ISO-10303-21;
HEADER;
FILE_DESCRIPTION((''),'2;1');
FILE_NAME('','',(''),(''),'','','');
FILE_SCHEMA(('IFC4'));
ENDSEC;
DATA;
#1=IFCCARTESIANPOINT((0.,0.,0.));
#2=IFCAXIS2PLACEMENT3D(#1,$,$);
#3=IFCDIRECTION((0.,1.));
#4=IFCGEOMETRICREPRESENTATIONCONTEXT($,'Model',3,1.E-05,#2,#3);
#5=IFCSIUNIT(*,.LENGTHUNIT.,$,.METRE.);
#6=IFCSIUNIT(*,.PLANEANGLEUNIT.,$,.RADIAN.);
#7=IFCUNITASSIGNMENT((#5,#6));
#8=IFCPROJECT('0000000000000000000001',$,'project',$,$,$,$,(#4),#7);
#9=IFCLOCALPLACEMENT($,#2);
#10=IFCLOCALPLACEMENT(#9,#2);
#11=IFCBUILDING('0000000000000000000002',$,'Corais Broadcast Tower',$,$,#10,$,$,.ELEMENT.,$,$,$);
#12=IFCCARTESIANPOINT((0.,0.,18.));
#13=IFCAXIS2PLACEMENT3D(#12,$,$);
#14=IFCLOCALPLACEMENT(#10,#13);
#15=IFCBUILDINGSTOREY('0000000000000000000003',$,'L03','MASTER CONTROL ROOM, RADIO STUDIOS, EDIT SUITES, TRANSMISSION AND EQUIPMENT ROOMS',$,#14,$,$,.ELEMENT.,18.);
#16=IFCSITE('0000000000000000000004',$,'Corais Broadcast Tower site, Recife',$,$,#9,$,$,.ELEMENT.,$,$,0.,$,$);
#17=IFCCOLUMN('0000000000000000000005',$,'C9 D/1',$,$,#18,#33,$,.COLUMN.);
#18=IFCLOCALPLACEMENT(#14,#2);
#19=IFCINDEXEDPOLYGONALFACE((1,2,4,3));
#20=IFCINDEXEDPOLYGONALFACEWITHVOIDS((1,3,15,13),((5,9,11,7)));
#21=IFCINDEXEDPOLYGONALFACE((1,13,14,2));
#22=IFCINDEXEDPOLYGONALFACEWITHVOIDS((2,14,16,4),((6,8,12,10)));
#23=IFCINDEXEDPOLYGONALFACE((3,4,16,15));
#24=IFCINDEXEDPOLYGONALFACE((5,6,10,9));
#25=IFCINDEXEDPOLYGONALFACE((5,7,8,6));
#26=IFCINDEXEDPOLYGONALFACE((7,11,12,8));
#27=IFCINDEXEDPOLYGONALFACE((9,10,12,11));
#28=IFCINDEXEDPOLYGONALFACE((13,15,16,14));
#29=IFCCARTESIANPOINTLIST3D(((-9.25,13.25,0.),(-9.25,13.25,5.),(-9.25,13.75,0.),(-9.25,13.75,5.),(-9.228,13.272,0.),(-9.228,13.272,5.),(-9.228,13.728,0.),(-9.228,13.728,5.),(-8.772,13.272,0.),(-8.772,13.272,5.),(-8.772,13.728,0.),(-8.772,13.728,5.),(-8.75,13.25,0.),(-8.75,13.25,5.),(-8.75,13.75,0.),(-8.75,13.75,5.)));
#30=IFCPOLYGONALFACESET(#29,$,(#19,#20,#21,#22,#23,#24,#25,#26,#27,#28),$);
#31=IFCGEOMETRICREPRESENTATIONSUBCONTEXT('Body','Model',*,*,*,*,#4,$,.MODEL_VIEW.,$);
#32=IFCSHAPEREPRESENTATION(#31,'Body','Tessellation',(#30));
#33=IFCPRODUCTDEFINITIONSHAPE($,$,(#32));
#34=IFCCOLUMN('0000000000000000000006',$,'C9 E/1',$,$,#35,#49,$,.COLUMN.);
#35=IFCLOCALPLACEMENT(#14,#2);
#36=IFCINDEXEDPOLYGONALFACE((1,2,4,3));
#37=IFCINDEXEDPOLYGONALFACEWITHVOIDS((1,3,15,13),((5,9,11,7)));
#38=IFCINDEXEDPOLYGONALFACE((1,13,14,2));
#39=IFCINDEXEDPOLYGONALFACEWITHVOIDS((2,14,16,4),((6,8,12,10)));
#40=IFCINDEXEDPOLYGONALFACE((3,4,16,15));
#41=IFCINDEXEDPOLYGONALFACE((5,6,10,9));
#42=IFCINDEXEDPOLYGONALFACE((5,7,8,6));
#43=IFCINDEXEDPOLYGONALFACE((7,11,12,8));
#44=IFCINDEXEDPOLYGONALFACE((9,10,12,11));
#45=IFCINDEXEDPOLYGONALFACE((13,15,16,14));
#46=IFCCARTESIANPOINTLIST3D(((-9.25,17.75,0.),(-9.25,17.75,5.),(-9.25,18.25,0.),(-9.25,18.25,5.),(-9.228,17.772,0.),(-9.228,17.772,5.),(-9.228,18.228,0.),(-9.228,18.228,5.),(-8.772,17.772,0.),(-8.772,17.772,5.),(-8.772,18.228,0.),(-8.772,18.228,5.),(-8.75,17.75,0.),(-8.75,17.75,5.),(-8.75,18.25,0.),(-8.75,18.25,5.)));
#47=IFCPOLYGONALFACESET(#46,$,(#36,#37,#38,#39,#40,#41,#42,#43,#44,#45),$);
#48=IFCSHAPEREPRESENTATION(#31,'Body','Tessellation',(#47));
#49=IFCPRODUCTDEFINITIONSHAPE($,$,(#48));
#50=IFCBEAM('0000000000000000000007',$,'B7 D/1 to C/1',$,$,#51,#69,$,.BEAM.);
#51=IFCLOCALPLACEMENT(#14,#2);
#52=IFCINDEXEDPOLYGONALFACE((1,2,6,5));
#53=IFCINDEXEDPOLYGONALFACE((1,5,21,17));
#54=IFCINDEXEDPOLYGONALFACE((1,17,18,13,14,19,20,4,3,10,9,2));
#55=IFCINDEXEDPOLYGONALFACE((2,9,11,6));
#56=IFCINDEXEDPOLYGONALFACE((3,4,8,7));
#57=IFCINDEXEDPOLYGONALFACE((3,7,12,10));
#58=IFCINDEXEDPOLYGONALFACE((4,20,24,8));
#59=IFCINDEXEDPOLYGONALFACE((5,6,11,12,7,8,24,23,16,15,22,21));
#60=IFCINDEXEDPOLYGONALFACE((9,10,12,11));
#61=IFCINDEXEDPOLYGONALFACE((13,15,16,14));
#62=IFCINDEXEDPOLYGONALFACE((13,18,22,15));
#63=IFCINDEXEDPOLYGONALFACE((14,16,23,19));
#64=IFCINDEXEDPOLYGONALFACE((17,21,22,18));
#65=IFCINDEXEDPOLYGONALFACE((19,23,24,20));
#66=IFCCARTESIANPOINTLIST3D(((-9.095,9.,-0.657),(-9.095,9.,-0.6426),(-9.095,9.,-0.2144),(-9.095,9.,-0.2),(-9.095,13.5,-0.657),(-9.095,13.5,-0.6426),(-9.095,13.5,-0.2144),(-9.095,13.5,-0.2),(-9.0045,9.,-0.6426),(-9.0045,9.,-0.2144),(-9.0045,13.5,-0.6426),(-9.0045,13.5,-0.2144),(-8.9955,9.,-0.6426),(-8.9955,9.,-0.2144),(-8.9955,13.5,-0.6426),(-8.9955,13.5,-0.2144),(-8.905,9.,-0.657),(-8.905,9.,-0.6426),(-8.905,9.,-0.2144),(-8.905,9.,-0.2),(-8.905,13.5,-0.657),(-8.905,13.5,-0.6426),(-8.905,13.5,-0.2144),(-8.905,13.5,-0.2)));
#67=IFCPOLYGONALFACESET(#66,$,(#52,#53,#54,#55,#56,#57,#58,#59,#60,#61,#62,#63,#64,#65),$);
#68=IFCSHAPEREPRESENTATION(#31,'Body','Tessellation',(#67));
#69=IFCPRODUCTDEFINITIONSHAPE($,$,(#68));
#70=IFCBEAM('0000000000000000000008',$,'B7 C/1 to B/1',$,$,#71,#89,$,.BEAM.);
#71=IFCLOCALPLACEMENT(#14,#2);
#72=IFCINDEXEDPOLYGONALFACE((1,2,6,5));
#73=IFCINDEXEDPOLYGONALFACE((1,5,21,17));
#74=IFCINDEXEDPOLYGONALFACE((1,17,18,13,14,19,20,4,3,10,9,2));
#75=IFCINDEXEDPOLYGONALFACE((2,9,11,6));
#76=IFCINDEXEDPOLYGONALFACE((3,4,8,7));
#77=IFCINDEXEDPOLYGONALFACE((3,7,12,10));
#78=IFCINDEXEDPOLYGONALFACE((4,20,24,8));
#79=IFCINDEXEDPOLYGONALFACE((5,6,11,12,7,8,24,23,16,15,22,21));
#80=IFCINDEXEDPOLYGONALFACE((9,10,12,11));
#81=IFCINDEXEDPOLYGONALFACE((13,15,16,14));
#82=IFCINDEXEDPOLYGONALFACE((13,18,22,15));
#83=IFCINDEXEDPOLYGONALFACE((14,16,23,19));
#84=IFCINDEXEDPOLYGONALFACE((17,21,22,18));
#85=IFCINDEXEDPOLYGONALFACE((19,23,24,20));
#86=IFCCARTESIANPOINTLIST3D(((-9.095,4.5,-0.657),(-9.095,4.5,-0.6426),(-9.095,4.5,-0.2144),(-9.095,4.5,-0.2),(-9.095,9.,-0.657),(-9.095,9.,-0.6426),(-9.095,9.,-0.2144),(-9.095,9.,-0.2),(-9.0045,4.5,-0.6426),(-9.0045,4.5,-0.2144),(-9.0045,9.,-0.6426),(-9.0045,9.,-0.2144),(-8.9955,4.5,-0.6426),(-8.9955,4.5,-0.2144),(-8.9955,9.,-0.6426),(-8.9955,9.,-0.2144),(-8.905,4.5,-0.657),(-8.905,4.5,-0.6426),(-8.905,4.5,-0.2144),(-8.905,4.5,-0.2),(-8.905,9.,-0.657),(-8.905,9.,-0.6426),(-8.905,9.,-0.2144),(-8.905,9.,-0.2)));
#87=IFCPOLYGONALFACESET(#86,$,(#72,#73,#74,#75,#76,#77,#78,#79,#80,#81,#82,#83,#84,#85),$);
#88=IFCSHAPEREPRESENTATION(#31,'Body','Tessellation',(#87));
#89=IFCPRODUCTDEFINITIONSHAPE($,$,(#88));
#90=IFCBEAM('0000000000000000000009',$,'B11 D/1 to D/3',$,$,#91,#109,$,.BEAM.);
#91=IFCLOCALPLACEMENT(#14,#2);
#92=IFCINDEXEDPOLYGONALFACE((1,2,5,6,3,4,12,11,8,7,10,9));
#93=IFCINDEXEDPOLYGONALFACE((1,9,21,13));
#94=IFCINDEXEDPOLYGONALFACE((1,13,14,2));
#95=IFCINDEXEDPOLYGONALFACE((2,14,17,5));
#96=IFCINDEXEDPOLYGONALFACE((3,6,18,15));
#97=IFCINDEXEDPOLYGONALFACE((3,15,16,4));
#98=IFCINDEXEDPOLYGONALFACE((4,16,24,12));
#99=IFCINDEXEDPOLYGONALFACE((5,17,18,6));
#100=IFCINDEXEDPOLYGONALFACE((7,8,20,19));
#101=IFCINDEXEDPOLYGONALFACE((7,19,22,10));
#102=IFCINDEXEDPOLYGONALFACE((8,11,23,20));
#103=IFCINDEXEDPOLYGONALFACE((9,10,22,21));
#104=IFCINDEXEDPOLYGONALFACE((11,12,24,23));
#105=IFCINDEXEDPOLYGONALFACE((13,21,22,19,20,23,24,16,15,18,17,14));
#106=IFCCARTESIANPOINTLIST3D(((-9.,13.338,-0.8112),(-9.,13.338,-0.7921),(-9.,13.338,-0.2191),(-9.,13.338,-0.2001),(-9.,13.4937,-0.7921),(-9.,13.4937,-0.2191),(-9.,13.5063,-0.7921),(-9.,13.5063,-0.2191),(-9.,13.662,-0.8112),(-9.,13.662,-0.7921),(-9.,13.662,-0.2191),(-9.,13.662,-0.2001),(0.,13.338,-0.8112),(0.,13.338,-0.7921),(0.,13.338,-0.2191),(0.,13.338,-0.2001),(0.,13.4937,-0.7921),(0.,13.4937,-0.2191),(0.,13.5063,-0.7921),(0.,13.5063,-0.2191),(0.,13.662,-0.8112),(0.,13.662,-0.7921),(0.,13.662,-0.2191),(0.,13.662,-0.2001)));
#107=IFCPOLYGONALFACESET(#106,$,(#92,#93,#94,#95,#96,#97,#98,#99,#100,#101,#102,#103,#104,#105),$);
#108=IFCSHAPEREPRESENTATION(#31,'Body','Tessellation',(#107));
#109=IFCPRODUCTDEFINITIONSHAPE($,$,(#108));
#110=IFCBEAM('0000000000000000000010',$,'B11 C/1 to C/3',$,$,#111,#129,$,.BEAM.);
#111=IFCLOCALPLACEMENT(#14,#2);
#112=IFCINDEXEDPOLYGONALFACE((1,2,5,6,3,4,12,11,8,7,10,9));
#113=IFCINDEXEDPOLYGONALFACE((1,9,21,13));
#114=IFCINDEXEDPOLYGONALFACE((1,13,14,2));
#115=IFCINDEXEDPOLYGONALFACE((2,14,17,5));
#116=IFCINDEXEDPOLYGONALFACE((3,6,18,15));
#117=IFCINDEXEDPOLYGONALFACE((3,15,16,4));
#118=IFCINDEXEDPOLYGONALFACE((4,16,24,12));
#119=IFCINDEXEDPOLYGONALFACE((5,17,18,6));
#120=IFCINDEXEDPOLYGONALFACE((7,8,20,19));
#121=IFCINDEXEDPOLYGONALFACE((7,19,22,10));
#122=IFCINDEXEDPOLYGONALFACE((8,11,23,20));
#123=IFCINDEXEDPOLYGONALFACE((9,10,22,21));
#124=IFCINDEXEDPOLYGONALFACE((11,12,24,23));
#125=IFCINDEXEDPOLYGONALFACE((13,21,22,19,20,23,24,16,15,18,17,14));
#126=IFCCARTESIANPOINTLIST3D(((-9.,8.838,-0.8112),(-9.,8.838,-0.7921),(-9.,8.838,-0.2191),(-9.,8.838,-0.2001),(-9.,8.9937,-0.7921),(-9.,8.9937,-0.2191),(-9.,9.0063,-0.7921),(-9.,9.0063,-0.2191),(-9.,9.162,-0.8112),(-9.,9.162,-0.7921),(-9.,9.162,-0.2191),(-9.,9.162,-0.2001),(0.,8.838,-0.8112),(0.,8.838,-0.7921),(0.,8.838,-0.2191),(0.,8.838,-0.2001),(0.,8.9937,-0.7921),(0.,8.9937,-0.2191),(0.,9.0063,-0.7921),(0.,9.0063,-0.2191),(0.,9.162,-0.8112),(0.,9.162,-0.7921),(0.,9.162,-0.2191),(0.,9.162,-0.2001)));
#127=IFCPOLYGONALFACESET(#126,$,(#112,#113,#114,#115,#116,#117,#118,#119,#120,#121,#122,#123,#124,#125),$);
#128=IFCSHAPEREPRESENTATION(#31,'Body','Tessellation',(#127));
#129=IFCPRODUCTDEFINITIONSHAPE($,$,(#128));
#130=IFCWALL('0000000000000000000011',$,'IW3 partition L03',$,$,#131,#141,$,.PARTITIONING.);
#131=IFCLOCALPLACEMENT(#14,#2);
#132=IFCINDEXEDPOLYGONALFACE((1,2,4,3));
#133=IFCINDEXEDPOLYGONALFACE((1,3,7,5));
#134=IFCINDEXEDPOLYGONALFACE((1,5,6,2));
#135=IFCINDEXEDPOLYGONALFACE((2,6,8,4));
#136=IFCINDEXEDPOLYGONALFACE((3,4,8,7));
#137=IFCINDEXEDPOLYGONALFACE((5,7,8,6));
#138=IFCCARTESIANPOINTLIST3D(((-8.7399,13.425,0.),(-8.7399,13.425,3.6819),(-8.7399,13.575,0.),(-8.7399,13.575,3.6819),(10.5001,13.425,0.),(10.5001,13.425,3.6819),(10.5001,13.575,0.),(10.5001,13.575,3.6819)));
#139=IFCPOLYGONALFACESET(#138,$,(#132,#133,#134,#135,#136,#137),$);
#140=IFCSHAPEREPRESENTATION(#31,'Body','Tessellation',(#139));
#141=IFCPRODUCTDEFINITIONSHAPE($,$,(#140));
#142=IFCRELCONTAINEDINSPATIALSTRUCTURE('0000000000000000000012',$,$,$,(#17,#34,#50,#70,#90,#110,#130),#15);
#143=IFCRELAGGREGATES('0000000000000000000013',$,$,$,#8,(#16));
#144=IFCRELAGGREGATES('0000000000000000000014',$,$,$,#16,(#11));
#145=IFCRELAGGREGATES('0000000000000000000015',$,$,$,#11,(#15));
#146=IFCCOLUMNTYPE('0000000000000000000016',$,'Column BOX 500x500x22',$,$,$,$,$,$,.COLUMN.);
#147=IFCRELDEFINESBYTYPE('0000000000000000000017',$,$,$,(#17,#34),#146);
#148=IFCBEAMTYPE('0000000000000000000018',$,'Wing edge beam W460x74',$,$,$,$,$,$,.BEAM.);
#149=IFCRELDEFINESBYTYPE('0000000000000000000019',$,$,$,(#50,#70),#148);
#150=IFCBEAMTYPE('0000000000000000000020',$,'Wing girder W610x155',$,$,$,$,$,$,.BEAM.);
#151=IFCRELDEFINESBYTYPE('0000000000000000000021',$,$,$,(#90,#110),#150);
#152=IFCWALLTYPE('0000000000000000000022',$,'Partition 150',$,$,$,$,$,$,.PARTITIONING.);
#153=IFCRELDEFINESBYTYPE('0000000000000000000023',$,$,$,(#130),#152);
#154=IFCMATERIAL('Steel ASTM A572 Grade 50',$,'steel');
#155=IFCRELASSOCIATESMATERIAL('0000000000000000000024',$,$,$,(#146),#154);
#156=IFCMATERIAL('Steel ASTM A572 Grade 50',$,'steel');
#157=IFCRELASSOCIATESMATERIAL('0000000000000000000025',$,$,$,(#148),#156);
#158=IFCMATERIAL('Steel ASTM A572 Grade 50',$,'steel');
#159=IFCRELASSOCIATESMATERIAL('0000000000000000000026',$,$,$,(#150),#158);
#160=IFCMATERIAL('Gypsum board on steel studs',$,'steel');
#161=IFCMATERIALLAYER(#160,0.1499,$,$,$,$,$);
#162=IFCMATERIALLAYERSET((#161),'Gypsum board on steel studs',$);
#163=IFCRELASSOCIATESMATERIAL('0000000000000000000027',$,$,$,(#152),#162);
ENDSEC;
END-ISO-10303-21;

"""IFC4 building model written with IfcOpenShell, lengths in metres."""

from ifc_helpers import new_model, si_unit, direction, frame, frame_2d, origin, origin_2d, place, context, subcontext, project, spatial, rectangle, hollow_rectangle, i_section, extrude, material, layer, layer_set, material_profile, profile_set, type_object, element, save


model = new_model("IFC4")

# Units and contexts
model_context = context("Model", 3, precision=1e-05, world=origin(), true_north=direction((0.0, 1.0)))
body_context = subcontext(model_context, "Body", "Model", "MODEL_VIEW")
ifc_project = project(units=[si_unit("LENGTHUNIT", "METRE"), si_unit("PLANEANGLEUNIT", "RADIAN")], contexts=[model_context])

# Site, building, storey
site_placement = place(None, origin())
site = spatial("IfcSite", under=ifc_project, at=site_placement, Name="Corais Broadcast Tower site, Recife", CompositionType="ELEMENT", RefElevation=0.0)
building_placement = place(site_placement, origin())
building = spatial("IfcBuilding", under=site, at=building_placement, Name="Corais Broadcast Tower", CompositionType="ELEMENT")
storey_placement = place(building_placement, frame((0.0, 0.0, 18.0)))
storey = spatial("IfcBuildingStorey", under=building, at=storey_placement, Name="L03", Description="MASTER CONTROL ROOM, RADIO STUDIOS, EDIT SUITES, TRANSMISSION AND EQUIPMENT ROOMS", CompositionType="ELEMENT", Elevation=18.0)

# Columns
ifc_material_1 = material(Name="Steel ASTM A572 Grade 50", Category="steel")
ifc_material_profile_1 = material_profile(ifc_material_1, hollow_rectangle(XDim=0.5, YDim=0.5, WallThickness=0.022, at=origin_2d()), Name="BOX 500x500x22")
ifc_profile_set_1 = profile_set([ifc_material_profile_1], Name="Steel ASTM A572 Grade 50")
column_type = type_object("IfcColumnType", Name="Column BOX 500x500x22", PredefinedType="COLUMN", material=ifc_profile_set_1)
for number, where, z_axis, x_axis, name in (
    (1, (-9.0, 13.5, 0.0), (0.0, 0.0, 1.0), (1.0, 0.0, 0.0), "C9 D/1"),
    (2, (-9.0, 18.0, 0.0), (0.0, 0.0, 1.0), (1.0, 0.0, 0.0), "C9 E/1"),
):
    element("IfcColumn", number, at=place(storey_placement, frame(where, z_axis=z_axis, x_axis=x_axis)), inside=storey, type_object=column_type, Name=name, PredefinedType="COLUMN", context=body_context, shape_type="SweptSolid", body=[
        extrude(hollow_rectangle(XDim=0.5, YDim=0.5, WallThickness=0.022, at=origin_2d()), origin(), (0.0, 0.0, 1.0), 5.0),
    ])

# Beams
ifc_material_2 = material(Name="Steel ASTM A572 Grade 50", Category="steel")
ifc_material_profile_2 = material_profile(ifc_material_2, i_section(OverallWidth=0.1899, OverallDepth=0.457, WebThickness=0.009, FlangeThickness=0.0144, at=origin_2d()), Name="W460x74")
ifc_profile_set_2 = profile_set([ifc_material_profile_2], Name="Steel ASTM A572 Grade 50")
beam_type_1 = type_object("IfcBeamType", Name="Wing edge beam W460x74", PredefinedType="BEAM", material=ifc_profile_set_2)
for number, where, z_axis, x_axis, name in (
    (3, (-9.0, 13.5, -0.4285), (0.0, -1.0, 0.0), (1.0, 0.0, 0.0), "B7 D/1 to C/1"),
    (4, (-9.0, 9.0, -0.4285), (0.0, -1.0, 0.0), (1.0, 0.0, 0.0), "B7 C/1 to B/1"),
):
    element("IfcBeam", number, at=place(storey_placement, frame(where, z_axis=z_axis, x_axis=x_axis)), inside=storey, type_object=beam_type_1, Name=name, PredefinedType="BEAM", context=body_context, shape_type="SweptSolid", body=[
        extrude(i_section(OverallWidth=0.1899, OverallDepth=0.457, WebThickness=0.009, FlangeThickness=0.0144, at=origin_2d()), origin(), (0.0, 0.0, 1.0), 4.5),
    ])
ifc_material_3 = material(Name="Steel ASTM A572 Grade 50", Category="steel")
ifc_material_profile_3 = material_profile(ifc_material_3, i_section(OverallWidth=0.324, OverallDepth=0.6111, WebThickness=0.0127, FlangeThickness=0.019, at=origin_2d()), Name="W610x155")
ifc_profile_set_3 = profile_set([ifc_material_profile_3], Name="Steel ASTM A572 Grade 50")
beam_type_2 = type_object("IfcBeamType", Name="Wing girder W610x155", PredefinedType="BEAM", material=ifc_profile_set_3)
for number, where, z_axis, x_axis, name in (
    (5, (-9.0, 13.5, -0.5056), (1.0, 0.0, 0.0), (0.0, 1.0, 0.0), "B11 D/1 to D/3"),
    (6, (-9.0, 9.0, -0.5056), (1.0, 0.0, 0.0), (0.0, 1.0, 0.0), "B11 C/1 to C/3"),
):
    element("IfcBeam", number, at=place(storey_placement, frame(where, z_axis=z_axis, x_axis=x_axis)), inside=storey, type_object=beam_type_2, Name=name, PredefinedType="BEAM", context=body_context, shape_type="SweptSolid", body=[
        extrude(i_section(OverallWidth=0.324, OverallDepth=0.6111, WebThickness=0.0127, FlangeThickness=0.019, at=origin_2d()), origin(), (0.0, 0.0, 1.0), 9.0),
    ])

# Wall
ifc_material_4 = material(Name="Gypsum board on steel studs", Category="steel")
ifc_layer = layer(ifc_material_4, 0.1499)
ifc_layer_set = layer_set([ifc_layer], Name="Gypsum board on steel studs")
wall_type = type_object("IfcWallType", Name="Partition 150", PredefinedType="PARTITIONING", material=ifc_layer_set)
wall_placement = place(storey_placement, frame((-8.74, 13.5, 0.0), z_axis=(0.0, 0.0, 1.0), x_axis=(1.0, 0.0, 0.0)))
element("IfcWall", 7, at=wall_placement, inside=storey, type_object=wall_type, Name="IW3 partition L03", PredefinedType="PARTITIONING", context=body_context, shape_type="SweptSolid", body=[
    extrude(rectangle(XDim=19.24, YDim=0.1499, at=frame_2d((9.6201, 0.0))), origin(), (0.0, 0.0, 1.0), 3.6819),
])

save(model, "model.ifc")
